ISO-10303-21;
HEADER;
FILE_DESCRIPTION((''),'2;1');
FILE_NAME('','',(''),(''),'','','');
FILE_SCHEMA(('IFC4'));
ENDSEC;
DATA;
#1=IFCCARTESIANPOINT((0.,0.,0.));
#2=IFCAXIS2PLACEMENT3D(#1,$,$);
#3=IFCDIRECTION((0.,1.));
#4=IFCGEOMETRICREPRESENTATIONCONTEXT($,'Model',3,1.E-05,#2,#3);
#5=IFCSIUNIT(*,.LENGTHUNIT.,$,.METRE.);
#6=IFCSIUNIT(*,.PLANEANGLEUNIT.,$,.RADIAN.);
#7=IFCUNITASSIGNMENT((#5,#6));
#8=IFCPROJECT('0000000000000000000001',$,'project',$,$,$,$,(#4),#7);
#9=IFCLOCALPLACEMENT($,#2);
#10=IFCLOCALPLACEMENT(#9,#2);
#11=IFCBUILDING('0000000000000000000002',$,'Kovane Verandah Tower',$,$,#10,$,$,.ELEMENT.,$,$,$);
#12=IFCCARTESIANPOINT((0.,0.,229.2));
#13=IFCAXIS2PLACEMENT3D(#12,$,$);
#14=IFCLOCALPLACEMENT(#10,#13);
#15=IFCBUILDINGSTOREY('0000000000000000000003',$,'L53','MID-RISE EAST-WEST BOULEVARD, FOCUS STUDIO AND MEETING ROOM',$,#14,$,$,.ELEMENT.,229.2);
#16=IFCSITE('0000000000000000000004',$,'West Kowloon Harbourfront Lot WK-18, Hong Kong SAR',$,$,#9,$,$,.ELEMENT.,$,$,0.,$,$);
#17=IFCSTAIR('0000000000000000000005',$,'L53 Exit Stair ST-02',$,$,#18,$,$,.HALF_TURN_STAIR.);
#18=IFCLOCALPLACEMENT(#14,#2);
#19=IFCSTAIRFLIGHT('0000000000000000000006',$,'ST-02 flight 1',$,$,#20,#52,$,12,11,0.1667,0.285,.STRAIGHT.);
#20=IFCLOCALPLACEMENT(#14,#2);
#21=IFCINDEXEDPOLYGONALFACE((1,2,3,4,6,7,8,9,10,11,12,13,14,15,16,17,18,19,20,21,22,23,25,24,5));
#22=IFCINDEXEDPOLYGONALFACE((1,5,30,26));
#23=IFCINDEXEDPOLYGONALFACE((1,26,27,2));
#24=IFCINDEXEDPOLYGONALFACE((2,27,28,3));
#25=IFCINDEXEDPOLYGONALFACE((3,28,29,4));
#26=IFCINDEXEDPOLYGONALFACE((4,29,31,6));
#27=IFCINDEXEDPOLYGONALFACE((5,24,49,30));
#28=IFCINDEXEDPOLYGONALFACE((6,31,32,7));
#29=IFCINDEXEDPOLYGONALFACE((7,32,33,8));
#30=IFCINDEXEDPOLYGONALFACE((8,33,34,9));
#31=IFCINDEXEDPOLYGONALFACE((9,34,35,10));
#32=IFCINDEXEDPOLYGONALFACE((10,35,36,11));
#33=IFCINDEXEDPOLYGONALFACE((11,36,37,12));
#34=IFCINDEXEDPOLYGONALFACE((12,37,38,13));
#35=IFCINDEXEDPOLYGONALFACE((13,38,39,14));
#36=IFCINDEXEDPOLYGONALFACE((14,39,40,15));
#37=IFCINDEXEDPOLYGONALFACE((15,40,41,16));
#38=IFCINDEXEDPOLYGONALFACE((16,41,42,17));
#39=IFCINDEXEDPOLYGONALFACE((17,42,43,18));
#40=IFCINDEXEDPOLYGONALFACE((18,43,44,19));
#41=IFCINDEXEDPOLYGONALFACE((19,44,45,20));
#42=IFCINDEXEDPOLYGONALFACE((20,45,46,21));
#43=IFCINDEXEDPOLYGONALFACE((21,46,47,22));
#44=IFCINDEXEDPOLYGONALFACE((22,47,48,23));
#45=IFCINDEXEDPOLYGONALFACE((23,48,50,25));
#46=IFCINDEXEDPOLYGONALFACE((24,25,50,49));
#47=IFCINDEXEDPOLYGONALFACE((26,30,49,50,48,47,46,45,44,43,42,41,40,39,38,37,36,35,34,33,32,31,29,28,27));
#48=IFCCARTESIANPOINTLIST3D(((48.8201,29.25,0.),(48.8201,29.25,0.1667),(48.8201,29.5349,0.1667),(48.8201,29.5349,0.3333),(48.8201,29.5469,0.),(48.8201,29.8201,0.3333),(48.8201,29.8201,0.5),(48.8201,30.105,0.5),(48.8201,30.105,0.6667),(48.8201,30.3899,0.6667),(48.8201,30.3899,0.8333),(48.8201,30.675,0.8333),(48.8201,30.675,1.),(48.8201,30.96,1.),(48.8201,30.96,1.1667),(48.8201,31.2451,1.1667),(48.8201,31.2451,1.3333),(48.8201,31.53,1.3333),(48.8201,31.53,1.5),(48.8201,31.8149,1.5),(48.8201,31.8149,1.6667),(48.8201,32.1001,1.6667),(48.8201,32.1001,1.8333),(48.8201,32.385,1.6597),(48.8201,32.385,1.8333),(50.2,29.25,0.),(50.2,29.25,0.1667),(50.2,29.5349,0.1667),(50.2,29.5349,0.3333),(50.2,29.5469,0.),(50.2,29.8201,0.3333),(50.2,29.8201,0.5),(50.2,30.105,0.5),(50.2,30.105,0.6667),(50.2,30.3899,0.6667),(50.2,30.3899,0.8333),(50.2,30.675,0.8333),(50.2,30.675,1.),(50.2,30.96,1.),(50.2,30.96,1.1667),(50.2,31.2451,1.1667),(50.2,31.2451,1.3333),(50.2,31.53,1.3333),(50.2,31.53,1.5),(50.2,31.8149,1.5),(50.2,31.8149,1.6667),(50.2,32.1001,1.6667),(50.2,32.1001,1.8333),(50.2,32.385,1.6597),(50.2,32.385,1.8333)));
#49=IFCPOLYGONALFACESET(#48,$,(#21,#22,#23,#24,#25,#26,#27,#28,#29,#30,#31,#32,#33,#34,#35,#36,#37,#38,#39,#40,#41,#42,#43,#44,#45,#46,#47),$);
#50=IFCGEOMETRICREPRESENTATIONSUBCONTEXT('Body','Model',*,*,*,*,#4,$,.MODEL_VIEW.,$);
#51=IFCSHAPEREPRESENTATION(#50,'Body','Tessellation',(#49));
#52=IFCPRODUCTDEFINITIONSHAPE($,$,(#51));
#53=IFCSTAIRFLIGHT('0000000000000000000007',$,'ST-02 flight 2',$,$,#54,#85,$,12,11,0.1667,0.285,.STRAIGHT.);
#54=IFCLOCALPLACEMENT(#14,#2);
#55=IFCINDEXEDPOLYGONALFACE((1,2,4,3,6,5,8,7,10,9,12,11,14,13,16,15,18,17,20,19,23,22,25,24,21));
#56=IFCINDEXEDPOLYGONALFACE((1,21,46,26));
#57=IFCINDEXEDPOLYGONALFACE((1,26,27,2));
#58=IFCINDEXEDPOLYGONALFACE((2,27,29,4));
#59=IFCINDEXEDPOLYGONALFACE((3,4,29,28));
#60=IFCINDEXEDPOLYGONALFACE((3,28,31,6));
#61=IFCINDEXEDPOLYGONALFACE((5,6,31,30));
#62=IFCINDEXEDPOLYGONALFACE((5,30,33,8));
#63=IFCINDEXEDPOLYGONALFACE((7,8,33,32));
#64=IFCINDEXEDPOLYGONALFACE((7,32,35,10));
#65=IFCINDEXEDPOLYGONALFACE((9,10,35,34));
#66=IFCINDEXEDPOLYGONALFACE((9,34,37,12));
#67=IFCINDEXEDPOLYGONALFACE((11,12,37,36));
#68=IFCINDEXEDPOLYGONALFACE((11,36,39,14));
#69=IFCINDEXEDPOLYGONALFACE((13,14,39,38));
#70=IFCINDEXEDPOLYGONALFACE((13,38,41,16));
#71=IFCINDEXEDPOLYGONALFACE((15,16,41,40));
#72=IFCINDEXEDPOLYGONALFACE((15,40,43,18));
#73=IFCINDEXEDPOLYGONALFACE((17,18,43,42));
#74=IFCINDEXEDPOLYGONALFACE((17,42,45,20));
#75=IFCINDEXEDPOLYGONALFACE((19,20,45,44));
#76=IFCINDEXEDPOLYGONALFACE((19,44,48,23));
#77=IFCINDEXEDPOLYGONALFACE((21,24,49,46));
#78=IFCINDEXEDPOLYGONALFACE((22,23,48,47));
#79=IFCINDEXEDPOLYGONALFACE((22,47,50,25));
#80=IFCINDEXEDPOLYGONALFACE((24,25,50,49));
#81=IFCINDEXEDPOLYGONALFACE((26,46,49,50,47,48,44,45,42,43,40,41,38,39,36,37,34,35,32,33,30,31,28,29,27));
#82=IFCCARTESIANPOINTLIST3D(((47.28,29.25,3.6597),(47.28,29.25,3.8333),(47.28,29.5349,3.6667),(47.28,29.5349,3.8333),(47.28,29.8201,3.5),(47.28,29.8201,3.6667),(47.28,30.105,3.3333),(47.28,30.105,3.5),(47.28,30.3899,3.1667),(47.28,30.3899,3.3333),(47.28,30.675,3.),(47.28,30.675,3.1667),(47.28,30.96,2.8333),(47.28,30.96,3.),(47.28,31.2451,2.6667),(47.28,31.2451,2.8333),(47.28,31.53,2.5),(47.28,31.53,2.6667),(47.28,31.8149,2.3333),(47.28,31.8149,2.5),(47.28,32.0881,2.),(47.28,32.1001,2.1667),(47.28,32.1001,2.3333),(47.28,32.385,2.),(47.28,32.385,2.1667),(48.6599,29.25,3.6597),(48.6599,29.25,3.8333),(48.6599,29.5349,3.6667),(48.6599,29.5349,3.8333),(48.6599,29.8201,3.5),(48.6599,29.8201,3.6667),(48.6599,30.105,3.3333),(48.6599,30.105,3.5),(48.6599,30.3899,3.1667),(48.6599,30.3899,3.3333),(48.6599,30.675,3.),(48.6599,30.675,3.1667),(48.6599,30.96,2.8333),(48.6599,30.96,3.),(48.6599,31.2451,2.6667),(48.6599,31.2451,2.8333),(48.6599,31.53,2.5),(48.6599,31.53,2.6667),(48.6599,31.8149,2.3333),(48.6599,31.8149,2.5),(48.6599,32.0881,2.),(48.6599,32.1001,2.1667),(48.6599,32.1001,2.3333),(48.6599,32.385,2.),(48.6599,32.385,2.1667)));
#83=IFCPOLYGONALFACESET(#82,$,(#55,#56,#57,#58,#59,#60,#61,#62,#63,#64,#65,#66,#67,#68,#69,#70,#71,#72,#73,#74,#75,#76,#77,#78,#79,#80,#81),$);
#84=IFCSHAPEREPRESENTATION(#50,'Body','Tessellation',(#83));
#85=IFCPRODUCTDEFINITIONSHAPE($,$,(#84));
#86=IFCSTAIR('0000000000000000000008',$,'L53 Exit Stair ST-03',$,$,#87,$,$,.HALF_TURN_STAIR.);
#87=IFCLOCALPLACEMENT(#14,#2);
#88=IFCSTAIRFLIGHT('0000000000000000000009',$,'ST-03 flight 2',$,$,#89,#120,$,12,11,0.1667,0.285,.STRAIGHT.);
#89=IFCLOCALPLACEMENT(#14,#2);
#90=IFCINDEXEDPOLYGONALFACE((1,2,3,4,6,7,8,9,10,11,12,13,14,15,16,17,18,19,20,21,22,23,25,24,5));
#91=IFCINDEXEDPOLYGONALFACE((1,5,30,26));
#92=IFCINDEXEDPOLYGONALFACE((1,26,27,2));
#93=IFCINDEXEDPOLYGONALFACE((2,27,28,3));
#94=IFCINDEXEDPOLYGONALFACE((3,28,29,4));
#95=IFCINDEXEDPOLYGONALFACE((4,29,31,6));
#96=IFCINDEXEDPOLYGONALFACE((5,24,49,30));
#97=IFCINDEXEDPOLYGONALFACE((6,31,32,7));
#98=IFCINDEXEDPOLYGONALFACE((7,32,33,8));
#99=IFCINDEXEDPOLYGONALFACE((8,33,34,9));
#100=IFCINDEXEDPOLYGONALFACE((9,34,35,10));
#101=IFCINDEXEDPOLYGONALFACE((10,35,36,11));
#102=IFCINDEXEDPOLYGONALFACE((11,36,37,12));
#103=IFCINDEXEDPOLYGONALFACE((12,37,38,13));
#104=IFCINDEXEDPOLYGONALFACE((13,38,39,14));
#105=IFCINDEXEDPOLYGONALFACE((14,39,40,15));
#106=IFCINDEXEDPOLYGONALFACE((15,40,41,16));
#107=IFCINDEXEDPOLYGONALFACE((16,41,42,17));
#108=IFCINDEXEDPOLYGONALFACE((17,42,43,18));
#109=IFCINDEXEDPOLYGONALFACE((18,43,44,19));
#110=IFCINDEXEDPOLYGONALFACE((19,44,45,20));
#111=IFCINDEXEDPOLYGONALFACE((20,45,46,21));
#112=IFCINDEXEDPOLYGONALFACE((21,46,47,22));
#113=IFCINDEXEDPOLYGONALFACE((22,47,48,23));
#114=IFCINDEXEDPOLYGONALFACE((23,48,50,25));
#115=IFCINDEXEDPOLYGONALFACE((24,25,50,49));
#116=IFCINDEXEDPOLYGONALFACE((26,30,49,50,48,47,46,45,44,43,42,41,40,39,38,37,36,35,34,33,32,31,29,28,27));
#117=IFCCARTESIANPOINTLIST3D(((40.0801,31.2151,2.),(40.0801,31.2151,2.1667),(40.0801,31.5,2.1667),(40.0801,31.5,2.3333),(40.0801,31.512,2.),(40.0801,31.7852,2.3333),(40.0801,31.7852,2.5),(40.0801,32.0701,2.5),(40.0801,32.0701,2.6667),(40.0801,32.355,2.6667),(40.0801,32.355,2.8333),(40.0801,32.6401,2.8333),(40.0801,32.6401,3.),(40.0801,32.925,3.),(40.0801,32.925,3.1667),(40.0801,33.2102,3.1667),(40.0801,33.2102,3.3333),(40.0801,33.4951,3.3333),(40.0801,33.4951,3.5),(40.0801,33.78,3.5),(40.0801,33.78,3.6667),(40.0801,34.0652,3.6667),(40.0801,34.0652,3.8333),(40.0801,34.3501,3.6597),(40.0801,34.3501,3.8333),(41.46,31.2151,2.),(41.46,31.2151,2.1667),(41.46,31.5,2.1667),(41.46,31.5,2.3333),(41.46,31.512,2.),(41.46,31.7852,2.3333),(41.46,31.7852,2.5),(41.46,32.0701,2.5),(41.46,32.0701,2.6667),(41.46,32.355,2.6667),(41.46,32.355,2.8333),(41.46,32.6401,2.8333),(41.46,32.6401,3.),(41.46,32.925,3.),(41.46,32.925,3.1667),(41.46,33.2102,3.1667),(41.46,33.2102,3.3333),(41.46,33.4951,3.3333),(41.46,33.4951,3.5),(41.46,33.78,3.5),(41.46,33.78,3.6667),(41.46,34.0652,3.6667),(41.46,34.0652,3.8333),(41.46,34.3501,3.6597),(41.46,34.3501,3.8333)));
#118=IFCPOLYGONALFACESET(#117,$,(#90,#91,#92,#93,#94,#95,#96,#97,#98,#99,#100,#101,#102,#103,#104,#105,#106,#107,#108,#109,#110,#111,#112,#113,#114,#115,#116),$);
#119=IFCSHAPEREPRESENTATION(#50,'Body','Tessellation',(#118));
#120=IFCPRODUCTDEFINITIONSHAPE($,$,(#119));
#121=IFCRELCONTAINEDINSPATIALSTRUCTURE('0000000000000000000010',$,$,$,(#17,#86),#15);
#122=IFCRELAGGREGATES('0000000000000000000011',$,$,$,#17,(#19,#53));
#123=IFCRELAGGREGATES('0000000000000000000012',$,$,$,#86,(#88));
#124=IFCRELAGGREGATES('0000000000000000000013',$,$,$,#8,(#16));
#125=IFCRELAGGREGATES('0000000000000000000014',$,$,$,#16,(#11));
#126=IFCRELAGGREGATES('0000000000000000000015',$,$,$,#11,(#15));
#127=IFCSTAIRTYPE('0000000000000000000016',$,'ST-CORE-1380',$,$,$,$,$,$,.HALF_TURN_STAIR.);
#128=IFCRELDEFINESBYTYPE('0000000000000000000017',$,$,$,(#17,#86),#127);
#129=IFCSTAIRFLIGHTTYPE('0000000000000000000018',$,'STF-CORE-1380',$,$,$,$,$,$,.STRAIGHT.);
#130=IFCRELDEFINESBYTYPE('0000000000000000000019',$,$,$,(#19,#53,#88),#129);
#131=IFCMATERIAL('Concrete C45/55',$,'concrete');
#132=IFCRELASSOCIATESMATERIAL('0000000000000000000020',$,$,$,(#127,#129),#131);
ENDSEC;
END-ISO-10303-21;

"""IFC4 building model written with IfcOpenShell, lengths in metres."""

from ifc_helpers import new_model, si_unit, direction, frame, origin, place, context, subcontext, project, spatial, polyline, outline, extrude, material, type_object, element, aggregate, save


model = new_model("IFC4")

# Units and contexts
model_context = context("Model", 3, precision=1e-05, world=origin(), true_north=direction((0.0, 1.0)))
body_context = subcontext(model_context, "Body", "Model", "MODEL_VIEW")
ifc_project = project(units=[si_unit("LENGTHUNIT", "METRE"), si_unit("PLANEANGLEUNIT", "RADIAN")], contexts=[model_context])

# Site, building, storey
site_placement = place(None, origin())
site = spatial("IfcSite", under=ifc_project, at=site_placement, Name="West Kowloon Harbourfront Lot WK-18, Hong Kong SAR", CompositionType="ELEMENT", RefElevation=0.0)
building_placement = place(site_placement, origin())
building = spatial("IfcBuilding", under=site, at=building_placement, Name="Kovane Verandah Tower", CompositionType="ELEMENT")
storey_placement = place(building_placement, frame((0.0, 0.0, 229.2)))
storey = spatial("IfcBuildingStorey", under=building, at=storey_placement, Name="L53", Description="MID-RISE EAST-WEST BOULEVARD, FOCUS STUDIO AND MEETING ROOM", CompositionType="ELEMENT", Elevation=229.2)

# Shared definitions
ifc_material_1 = material(Name="Concrete C45/55", Category="concrete")

# Stair, stair flights
stair_type = type_object("IfcStairType", Name="ST-CORE-1380", PredefinedType="HALF_TURN_STAIR", material=ifc_material_1)
stair_1_placement = place(storey_placement, origin())
stair_1 = element("IfcStair", 1, at=stair_1_placement, inside=storey, type_object=stair_type, Name="L53 Exit Stair ST-02", PredefinedType="HALF_TURN_STAIR")
stair_flight_type = type_object("IfcStairFlightType", Name="STF-CORE-1380", PredefinedType="STRAIGHT", material=ifc_material_1)
stair_flight_1_placement = place(storey_placement, frame((49.51, 29.25, 0.0), z_axis=(0.0, 0.0, 1.0), x_axis=(0.0, 1.0, 0.0)))
stair_flight_1 = element("IfcStairFlight", 2, at=stair_flight_1_placement, type_object=stair_flight_type, Name="ST-02 flight 1", NumberOfRisers=12, NumberOfTreads=11, PredefinedType="STRAIGHT", RiserHeight=0.1667, TreadLength=0.285, context=body_context, shape_type="SweptSolid", body=[
    extrude(outline(polyline([(0.0, 0.0), (0.0, 0.1667), (0.2849, 0.1667), (0.2849, 0.3333), (0.5701, 0.3333), (0.5701, 0.5), (0.855, 0.5), (0.855, 0.6667), (1.1399, 0.6667), (1.1399, 0.8333), (1.425, 0.8333), (1.425, 1.0), (1.71, 1.0), (1.71, 1.1667), (1.9951, 1.1667), (1.9951, 1.3333), (2.28, 1.3333), (2.28, 1.5), (2.5649, 1.5), (2.5649, 1.6667), (2.8501, 1.6667), (2.8501, 1.8333), (3.135, 1.8333), (3.135, 2.0), (3.135, 1.6597), (0.2969, 0.0), (0.0, 0.0)])), frame((0.0, 0.6899, 0.0), z_axis=(0.0, -1.0, 0.0), x_axis=(1.0, 0.0, 0.0)), (0.0, 0.0, 1.0), 1.3799),
])
stair_flight_2_placement = place(storey_placement, frame((47.97, 32.385, 2.0), z_axis=(0.0, 0.0, 1.0), x_axis=(0.0, -1.0, 0.0)))
stair_flight_2 = element("IfcStairFlight", 3, at=stair_flight_2_placement, type_object=stair_flight_type, Name="ST-02 flight 2", NumberOfRisers=12, NumberOfTreads=11, PredefinedType="STRAIGHT", RiserHeight=0.1667, TreadLength=0.285, context=body_context, shape_type="SweptSolid", body=[
    extrude(outline(polyline([(0.0, 0.0), (0.0, 0.1667), (0.2849, 0.1667), (0.2849, 0.3333), (0.5701, 0.3333), (0.5701, 0.5), (0.855, 0.5), (0.855, 0.6667), (1.1399, 0.6667), (1.1399, 0.8333), (1.425, 0.8333), (1.425, 1.0), (1.71, 1.0), (1.71, 1.1667), (1.9951, 1.1667), (1.9951, 1.3333), (2.28, 1.3333), (2.28, 1.5), (2.5649, 1.5), (2.5649, 1.6667), (2.8501, 1.6667), (2.8501, 1.8333), (3.135, 1.8333), (3.135, 2.0), (3.135, 1.6597), (0.2969, 0.0), (0.0, 0.0)])), frame((0.0, 0.6899, 0.0), z_axis=(0.0, -1.0, 0.0), x_axis=(1.0, 0.0, 0.0)), (0.0, 0.0, 1.0), 1.3799),
])
aggregate(stair_1, [stair_flight_1, stair_flight_2])

# Stair, stair flight
stair_2_placement = place(storey_placement, origin())
stair_2 = element("IfcStair", 4, at=stair_2_placement, inside=storey, type_object=stair_type, Name="L53 Exit Stair ST-03", PredefinedType="HALF_TURN_STAIR")
stair_flight_3_placement = place(storey_placement, frame((40.77, 31.2151, 2.0), z_axis=(0.0, 0.0, 1.0), x_axis=(0.0, 1.0, 0.0)))
stair_flight_3 = element("IfcStairFlight", 5, at=stair_flight_3_placement, type_object=stair_flight_type, Name="ST-03 flight 2", NumberOfRisers=12, NumberOfTreads=11, PredefinedType="STRAIGHT", RiserHeight=0.1667, TreadLength=0.285, context=body_context, shape_type="SweptSolid", body=[
    extrude(outline(polyline([(0.0, 0.0), (0.0, 0.1667), (0.2849, 0.1667), (0.2849, 0.3333), (0.5701, 0.3333), (0.5701, 0.5), (0.855, 0.5), (0.855, 0.6667), (1.1399, 0.6667), (1.1399, 0.8333), (1.425, 0.8333), (1.425, 1.0), (1.71, 1.0), (1.71, 1.1667), (1.9951, 1.1667), (1.9951, 1.3333), (2.28, 1.3333), (2.28, 1.5), (2.5649, 1.5), (2.5649, 1.6667), (2.8501, 1.6667), (2.8501, 1.8333), (3.135, 1.8333), (3.135, 2.0), (3.135, 1.6597), (0.2969, 0.0), (0.0, 0.0)])), frame((0.0, 0.6899, 0.0), z_axis=(0.0, -1.0, 0.0), x_axis=(1.0, 0.0, 0.0)), (0.0, 0.0, 1.0), 1.3799),
])
aggregate(stair_2, [stair_flight_3])

save(model, "model.ifc")
